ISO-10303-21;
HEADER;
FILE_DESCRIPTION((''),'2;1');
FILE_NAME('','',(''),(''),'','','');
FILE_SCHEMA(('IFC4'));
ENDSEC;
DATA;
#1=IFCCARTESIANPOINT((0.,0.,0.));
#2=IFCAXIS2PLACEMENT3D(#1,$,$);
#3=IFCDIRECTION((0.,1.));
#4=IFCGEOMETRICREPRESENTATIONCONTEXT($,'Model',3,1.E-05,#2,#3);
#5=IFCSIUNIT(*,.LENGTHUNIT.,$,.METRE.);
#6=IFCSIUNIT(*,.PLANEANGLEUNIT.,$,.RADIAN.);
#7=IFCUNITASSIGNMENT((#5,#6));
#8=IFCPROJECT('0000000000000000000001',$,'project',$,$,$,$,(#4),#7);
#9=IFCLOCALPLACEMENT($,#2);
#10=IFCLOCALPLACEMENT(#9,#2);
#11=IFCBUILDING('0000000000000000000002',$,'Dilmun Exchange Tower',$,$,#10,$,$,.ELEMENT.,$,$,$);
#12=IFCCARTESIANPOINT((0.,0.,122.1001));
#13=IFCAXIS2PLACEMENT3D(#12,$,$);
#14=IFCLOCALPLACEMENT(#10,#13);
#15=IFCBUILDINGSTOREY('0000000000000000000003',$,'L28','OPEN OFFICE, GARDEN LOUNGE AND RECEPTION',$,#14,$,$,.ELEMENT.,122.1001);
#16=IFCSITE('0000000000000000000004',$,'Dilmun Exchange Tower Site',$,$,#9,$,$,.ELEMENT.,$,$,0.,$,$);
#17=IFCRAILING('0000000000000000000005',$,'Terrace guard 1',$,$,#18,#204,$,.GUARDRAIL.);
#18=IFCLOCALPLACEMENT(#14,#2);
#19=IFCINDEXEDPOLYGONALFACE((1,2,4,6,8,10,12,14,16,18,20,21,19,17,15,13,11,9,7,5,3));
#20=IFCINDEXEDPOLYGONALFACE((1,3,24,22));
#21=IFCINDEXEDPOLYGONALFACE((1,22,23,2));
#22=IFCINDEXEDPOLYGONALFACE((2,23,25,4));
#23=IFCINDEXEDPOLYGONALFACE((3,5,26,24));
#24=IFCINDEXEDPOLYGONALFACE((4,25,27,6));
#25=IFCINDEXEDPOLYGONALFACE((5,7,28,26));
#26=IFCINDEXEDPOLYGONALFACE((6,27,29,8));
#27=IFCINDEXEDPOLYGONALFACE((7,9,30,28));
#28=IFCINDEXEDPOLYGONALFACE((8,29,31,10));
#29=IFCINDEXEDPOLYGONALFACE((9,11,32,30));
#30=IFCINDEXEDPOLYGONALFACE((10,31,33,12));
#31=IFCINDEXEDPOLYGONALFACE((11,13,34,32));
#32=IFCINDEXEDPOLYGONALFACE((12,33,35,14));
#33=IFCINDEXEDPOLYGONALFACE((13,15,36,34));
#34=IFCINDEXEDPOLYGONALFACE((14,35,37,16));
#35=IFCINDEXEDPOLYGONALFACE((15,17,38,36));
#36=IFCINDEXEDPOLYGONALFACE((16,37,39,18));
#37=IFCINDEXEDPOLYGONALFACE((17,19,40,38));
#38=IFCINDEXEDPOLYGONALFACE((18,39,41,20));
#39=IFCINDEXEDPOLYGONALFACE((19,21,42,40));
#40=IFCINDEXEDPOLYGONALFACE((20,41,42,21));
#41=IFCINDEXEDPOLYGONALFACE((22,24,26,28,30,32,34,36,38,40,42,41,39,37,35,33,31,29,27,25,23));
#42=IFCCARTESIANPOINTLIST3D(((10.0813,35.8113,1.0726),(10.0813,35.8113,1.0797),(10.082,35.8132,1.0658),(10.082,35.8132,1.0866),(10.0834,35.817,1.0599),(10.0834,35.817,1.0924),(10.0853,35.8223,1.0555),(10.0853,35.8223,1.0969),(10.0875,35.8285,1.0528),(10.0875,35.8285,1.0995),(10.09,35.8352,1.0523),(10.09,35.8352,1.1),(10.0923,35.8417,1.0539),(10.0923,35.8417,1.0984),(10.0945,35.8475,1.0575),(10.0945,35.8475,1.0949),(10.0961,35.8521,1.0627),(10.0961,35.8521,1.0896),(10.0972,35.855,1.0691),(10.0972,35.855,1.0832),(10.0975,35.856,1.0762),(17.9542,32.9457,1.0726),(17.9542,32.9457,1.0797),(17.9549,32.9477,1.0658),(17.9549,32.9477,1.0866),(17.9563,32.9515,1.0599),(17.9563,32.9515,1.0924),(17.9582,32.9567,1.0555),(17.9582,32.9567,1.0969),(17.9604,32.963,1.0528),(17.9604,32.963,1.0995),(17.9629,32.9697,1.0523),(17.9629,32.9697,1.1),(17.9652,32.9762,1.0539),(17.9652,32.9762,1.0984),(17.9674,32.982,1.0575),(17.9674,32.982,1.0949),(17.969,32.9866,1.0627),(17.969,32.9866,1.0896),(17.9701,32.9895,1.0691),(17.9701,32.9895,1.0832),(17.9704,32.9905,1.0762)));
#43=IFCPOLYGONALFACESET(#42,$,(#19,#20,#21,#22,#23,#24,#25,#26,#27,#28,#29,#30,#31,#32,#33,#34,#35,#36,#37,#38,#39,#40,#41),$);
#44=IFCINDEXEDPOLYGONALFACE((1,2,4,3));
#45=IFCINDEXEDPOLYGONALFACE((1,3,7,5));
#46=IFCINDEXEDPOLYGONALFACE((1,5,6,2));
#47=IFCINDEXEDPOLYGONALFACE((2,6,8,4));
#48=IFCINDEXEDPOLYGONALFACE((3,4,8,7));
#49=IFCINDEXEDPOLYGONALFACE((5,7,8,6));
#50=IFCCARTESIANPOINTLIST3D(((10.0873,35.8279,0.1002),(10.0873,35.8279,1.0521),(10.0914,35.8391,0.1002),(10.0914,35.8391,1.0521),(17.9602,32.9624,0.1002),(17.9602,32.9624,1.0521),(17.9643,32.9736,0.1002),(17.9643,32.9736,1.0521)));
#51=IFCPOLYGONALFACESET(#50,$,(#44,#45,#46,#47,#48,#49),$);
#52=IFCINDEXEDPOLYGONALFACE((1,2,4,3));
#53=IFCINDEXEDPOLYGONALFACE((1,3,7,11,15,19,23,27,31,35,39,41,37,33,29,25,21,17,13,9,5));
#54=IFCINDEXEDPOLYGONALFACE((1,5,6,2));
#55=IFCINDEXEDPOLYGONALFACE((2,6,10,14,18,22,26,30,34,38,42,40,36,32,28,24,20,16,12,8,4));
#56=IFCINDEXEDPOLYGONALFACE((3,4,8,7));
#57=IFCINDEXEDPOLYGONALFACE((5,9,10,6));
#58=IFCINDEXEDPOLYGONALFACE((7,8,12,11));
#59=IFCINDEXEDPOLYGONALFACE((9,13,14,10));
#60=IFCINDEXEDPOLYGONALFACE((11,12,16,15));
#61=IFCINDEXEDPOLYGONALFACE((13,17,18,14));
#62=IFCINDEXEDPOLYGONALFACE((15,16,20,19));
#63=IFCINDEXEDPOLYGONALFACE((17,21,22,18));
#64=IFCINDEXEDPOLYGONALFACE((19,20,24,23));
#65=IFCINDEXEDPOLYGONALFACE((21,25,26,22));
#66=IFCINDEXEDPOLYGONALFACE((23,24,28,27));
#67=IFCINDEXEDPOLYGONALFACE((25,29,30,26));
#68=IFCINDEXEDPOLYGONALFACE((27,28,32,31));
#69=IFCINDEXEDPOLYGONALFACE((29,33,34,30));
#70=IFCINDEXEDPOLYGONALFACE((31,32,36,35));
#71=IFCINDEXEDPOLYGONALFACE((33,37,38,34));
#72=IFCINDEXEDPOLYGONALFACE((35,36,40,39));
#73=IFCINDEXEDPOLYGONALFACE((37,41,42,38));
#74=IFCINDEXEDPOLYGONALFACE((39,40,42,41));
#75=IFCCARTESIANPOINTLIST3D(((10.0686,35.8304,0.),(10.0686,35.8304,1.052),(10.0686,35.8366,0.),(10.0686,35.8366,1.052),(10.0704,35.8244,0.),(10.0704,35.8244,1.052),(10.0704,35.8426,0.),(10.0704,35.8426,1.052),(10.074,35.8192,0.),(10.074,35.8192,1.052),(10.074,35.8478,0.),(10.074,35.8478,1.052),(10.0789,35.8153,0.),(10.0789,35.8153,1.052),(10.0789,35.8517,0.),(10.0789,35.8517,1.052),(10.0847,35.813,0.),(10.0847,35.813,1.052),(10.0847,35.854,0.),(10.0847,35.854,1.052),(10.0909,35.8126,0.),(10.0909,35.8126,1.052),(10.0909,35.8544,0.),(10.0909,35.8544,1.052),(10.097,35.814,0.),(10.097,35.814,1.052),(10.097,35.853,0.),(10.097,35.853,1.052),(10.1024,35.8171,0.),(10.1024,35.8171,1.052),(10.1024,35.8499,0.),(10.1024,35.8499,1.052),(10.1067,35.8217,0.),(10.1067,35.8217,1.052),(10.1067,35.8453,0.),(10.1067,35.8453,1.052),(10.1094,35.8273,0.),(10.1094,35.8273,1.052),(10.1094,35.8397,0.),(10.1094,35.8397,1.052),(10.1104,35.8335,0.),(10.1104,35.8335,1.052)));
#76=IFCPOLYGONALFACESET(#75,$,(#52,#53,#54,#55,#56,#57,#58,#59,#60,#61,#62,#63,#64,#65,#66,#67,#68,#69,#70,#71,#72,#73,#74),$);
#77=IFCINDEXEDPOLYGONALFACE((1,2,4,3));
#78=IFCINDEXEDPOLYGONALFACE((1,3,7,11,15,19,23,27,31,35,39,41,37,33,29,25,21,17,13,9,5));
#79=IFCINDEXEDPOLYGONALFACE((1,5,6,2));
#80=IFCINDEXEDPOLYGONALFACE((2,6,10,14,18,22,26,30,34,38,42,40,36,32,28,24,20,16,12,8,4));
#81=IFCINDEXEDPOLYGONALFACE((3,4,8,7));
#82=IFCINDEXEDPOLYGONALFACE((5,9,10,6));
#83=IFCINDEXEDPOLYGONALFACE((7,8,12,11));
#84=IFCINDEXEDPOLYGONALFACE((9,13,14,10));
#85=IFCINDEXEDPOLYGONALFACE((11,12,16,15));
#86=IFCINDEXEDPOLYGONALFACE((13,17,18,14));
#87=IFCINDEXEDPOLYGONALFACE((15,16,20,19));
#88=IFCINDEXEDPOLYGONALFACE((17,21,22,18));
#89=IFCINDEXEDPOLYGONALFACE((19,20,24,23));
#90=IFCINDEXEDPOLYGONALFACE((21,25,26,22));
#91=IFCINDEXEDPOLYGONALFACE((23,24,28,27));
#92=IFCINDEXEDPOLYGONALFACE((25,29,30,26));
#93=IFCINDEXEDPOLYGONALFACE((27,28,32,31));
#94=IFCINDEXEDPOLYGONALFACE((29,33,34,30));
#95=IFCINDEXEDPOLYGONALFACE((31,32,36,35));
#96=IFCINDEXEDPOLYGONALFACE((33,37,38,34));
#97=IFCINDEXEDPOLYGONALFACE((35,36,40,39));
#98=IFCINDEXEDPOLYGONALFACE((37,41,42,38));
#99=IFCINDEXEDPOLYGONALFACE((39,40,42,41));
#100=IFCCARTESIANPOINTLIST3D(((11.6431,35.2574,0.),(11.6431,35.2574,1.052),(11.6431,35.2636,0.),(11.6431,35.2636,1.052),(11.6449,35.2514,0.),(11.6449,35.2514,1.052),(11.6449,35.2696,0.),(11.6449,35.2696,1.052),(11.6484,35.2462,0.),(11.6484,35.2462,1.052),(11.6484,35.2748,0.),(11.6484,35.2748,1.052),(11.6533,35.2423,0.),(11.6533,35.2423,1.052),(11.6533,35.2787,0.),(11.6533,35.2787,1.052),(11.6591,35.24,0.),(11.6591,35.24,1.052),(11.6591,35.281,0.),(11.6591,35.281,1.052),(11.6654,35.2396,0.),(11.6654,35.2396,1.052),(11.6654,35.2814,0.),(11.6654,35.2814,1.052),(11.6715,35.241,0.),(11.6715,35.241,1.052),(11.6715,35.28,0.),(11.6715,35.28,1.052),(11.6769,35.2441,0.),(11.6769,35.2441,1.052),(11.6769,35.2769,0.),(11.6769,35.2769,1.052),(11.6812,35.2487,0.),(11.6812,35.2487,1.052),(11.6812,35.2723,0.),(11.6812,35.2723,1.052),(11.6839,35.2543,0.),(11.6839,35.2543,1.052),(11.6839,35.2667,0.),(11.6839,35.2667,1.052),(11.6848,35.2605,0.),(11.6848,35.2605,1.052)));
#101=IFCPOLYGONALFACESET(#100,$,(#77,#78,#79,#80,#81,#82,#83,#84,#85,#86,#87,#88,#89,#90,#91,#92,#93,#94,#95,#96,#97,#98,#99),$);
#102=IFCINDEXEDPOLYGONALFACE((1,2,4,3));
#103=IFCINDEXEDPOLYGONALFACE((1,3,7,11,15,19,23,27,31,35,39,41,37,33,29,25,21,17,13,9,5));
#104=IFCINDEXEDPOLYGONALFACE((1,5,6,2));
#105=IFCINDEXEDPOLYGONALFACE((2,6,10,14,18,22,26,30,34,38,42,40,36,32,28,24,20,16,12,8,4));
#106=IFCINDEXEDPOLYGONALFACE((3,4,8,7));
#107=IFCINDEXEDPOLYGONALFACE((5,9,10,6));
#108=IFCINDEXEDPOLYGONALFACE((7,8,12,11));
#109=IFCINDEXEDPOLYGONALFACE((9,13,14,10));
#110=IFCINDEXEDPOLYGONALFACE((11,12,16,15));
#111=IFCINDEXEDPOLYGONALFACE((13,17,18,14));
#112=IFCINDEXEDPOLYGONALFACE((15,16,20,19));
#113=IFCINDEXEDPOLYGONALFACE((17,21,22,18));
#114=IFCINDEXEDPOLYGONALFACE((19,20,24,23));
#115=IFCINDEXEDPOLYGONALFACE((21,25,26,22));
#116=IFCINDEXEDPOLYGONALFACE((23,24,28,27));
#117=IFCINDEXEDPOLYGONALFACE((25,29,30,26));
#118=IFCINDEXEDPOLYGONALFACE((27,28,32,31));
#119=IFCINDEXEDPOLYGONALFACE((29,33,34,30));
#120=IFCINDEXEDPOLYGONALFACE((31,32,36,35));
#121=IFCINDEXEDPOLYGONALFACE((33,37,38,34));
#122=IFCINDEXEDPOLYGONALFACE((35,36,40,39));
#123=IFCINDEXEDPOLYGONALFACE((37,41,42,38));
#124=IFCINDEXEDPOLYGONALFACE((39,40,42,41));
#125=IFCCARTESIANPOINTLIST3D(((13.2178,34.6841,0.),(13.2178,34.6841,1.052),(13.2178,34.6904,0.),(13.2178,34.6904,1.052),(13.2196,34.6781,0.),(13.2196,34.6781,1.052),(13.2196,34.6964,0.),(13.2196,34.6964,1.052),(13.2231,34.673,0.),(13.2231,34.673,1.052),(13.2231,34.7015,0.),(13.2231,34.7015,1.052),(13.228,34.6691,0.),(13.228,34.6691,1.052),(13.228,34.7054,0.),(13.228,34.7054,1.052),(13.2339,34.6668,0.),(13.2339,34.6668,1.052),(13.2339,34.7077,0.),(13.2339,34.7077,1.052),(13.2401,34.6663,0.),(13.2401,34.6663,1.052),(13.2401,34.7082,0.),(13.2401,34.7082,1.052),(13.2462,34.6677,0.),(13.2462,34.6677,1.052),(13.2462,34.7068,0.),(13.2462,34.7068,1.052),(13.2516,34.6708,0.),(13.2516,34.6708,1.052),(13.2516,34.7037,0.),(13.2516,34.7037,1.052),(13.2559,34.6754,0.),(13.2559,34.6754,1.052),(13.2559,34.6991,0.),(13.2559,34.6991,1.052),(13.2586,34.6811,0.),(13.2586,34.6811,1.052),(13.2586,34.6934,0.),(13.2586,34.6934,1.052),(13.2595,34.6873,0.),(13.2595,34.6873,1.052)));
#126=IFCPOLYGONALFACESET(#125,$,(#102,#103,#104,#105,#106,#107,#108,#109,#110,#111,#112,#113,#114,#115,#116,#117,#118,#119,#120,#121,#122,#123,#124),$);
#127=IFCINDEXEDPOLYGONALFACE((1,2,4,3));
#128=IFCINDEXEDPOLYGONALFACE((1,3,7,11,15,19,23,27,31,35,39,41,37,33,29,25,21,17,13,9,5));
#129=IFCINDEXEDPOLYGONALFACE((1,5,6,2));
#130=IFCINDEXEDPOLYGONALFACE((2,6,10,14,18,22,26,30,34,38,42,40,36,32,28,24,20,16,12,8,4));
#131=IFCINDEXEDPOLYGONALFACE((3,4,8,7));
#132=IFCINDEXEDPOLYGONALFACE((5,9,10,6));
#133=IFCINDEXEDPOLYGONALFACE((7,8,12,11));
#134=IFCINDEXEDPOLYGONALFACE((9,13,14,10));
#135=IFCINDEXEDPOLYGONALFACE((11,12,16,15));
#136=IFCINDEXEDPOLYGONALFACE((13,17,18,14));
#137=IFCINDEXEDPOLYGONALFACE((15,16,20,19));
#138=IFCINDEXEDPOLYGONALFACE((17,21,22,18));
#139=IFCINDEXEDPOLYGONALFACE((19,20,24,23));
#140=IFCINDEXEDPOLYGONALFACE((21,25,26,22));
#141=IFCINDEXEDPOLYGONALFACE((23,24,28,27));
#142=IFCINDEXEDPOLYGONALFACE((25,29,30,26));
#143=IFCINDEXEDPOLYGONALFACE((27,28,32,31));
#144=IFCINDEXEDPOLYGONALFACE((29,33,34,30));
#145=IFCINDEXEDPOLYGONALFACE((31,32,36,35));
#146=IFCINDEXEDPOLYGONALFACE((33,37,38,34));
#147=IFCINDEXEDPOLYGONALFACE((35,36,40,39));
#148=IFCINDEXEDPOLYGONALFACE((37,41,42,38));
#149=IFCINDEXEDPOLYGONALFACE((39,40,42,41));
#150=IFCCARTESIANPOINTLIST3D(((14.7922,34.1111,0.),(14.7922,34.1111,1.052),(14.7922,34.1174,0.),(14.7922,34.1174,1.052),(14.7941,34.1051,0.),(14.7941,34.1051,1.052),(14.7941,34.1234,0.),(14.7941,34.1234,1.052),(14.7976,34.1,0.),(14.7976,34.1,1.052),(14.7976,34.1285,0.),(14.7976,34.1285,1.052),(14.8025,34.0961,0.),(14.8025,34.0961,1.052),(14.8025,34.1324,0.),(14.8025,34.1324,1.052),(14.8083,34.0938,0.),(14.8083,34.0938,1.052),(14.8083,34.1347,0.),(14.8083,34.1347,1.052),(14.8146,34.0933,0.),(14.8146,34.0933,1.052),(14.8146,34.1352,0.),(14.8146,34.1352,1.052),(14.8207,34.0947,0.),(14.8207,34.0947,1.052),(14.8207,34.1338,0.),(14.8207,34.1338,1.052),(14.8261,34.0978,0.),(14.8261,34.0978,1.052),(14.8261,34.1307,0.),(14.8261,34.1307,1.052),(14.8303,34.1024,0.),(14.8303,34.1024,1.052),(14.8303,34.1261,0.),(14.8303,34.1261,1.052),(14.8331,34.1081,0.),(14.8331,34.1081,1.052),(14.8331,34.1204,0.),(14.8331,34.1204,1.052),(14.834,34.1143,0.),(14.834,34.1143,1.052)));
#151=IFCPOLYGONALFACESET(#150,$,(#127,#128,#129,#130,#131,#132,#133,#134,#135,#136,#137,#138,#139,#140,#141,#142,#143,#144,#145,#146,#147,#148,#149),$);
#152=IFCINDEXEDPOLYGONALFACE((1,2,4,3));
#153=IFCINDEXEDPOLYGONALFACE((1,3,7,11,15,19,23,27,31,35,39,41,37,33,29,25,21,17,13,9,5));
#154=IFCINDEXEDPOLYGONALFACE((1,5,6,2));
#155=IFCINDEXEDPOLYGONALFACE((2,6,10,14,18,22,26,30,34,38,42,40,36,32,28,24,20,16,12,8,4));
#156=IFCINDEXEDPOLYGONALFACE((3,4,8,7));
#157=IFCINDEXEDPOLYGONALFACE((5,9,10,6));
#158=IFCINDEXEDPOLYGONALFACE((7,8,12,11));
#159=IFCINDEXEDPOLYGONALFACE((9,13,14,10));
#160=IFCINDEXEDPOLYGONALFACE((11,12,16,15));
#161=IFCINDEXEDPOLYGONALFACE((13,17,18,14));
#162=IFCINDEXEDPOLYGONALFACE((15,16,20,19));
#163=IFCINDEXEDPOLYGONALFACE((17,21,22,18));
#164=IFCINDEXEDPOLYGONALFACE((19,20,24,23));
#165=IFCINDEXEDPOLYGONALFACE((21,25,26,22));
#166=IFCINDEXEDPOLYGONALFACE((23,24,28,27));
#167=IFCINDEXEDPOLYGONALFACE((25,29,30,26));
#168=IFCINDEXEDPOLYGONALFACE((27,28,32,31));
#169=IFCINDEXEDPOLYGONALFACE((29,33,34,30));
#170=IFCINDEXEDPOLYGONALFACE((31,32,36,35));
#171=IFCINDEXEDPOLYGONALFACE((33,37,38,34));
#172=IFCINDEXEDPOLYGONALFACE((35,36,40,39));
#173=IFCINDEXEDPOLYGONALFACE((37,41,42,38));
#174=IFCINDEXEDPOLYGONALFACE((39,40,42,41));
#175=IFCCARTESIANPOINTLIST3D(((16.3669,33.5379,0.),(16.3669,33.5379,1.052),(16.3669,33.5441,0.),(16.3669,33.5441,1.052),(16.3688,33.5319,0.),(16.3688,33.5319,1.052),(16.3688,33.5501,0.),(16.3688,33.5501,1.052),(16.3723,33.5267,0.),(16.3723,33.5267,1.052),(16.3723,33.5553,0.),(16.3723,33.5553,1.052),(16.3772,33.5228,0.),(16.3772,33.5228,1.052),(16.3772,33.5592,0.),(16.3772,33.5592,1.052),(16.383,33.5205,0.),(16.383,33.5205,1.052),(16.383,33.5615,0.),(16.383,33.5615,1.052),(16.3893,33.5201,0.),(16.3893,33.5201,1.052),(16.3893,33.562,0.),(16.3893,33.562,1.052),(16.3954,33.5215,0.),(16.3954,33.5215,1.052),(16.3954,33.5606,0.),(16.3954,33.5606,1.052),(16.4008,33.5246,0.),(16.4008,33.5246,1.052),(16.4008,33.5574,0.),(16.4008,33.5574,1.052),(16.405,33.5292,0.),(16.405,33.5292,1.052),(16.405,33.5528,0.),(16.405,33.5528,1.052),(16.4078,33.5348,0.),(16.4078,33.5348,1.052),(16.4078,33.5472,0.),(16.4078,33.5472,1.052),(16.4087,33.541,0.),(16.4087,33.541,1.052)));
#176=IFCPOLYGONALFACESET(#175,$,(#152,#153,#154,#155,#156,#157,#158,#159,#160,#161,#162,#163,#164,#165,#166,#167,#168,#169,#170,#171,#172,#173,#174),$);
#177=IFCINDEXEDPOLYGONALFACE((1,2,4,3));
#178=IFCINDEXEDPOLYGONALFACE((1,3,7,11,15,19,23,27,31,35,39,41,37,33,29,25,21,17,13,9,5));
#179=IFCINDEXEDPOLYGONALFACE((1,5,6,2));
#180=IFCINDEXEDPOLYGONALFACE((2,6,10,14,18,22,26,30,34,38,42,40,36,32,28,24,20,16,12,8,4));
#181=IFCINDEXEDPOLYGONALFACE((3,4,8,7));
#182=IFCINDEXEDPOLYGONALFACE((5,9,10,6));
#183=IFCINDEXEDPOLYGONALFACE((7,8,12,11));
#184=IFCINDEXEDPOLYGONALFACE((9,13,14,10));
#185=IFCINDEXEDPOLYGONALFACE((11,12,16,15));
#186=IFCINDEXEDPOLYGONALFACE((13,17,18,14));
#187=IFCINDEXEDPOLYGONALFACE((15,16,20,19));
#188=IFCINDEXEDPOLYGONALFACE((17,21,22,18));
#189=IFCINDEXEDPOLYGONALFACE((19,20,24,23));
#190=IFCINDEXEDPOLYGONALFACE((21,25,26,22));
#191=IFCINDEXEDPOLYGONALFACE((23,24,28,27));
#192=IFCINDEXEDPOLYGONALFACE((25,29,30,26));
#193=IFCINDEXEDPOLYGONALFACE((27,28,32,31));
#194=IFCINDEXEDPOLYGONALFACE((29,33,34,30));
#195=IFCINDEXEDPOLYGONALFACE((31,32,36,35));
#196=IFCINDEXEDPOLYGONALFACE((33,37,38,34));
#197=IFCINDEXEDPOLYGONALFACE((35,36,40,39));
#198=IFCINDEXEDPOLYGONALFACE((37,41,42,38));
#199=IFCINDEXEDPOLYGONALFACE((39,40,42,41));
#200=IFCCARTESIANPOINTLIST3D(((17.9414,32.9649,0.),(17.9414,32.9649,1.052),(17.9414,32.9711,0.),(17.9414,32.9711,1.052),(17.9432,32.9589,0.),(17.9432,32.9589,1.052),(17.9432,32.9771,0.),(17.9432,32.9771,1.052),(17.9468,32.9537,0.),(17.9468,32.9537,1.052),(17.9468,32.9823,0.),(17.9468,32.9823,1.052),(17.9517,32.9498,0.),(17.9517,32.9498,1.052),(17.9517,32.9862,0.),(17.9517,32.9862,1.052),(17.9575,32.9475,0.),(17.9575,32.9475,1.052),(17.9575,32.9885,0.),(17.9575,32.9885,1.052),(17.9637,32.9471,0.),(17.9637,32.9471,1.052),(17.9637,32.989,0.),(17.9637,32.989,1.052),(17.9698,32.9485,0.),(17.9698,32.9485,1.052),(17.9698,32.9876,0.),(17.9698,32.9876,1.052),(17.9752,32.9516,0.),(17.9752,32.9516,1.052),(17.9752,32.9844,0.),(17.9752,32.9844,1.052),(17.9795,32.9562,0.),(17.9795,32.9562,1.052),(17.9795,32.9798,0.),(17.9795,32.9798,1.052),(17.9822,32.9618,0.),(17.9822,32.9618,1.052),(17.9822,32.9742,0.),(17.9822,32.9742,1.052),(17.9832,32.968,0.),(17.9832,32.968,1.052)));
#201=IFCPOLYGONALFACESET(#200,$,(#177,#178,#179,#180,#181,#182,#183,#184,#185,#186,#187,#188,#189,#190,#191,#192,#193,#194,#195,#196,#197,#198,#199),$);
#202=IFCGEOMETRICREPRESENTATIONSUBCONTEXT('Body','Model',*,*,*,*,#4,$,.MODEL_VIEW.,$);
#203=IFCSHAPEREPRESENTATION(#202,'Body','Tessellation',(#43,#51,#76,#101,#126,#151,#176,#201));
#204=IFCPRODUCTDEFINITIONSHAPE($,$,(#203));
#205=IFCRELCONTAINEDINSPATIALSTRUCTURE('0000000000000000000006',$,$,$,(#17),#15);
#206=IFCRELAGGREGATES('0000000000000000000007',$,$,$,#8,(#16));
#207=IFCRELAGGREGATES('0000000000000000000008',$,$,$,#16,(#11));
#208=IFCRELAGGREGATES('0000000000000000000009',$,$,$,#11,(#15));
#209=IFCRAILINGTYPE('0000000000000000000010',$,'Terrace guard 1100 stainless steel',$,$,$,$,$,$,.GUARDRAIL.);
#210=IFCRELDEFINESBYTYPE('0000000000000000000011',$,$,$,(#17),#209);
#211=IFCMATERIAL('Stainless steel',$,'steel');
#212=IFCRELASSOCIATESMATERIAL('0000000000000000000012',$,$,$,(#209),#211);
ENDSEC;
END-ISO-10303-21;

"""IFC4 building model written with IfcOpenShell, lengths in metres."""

from ifc_helpers import new_model, si_unit, direction, frame, origin, origin_2d, place, context, subcontext, project, spatial, rectangle, circle, extrude, material, type_object, element, save


model = new_model("IFC4")

# Units and contexts
model_context = context("Model", 3, precision=1e-05, world=origin(), true_north=direction((0.0, 1.0)))
body_context = subcontext(model_context, "Body", "Model", "MODEL_VIEW")
ifc_project = project(units=[si_unit("LENGTHUNIT", "METRE"), si_unit("PLANEANGLEUNIT", "RADIAN")], contexts=[model_context])

# Site, building, storey
site_placement = place(None, origin())
site = spatial("IfcSite", under=ifc_project, at=site_placement, Name="Dilmun Exchange Tower Site", CompositionType="ELEMENT", RefElevation=0.0)
building_placement = place(site_placement, origin())
building = spatial("IfcBuilding", under=site, at=building_placement, Name="Dilmun Exchange Tower", CompositionType="ELEMENT")
storey_placement = place(building_placement, frame((0.0, 0.0, 122.1001)))
storey = spatial("IfcBuildingStorey", under=building, at=storey_placement, Name="L28", Description="OPEN OFFICE, GARDEN LOUNGE AND RECEPTION", CompositionType="ELEMENT", Elevation=122.1001)

# Railing
ifc_material_1 = material(Name="Stainless steel", Category="steel")
railing_type = type_object("IfcRailingType", Name="Terrace guard 1100 stainless steel", PredefinedType="GUARDRAIL", material=ifc_material_1)
railing_placement = place(storey_placement, frame((10.0894, 35.8335, 0.0)))
element("IfcRailing", 1, at=railing_placement, inside=storey, type_object=railing_type, Name="Terrace guard 1", PredefinedType="GUARDRAIL", context=body_context, shape_type="SweptSolid", body=[
    extrude(circle(Radius=0.0239, at=origin_2d()), frame((0.0, 0.0, 1.0762), z_axis=(0.939692, -0.342021, 0.0), x_axis=(0.342021, 0.939692, 0.0)), (0.0, 0.0, 1.0), 8.3782),
    extrude(rectangle(XDim=0.012, YDim=0.9519, at=origin_2d()), frame((0.0, 0.0, 0.5762), z_axis=(0.939692, -0.342021, 0.0), x_axis=(0.342021, 0.939692, 0.0)), (0.0, 0.0, 1.0), 8.3782),
    extrude(circle(Radius=0.021, at=origin_2d()), origin(), (0.0, 0.0, 1.0), 1.052),
    extrude(circle(Radius=0.021, at=origin_2d()), frame((1.5745, -0.573, 0.0)), (0.0, 0.0, 1.0), 1.052),
    extrude(circle(Radius=0.021, at=origin_2d()), frame((3.1492, -1.1462, 0.0)), (0.0, 0.0, 1.0), 1.052),
    extrude(circle(Radius=0.021, at=origin_2d()), frame((4.7236, -1.7192, 0.0)), (0.0, 0.0, 1.0), 1.052),
    extrude(circle(Radius=0.021, at=origin_2d()), frame((6.2983, -2.2925, 0.0)), (0.0, 0.0, 1.0), 1.052),
    extrude(circle(Radius=0.021, at=origin_2d()), frame((7.8728, -2.8655, 0.0)), (0.0, 0.0, 1.0), 1.052),
])

save(model, "model.ifc")
